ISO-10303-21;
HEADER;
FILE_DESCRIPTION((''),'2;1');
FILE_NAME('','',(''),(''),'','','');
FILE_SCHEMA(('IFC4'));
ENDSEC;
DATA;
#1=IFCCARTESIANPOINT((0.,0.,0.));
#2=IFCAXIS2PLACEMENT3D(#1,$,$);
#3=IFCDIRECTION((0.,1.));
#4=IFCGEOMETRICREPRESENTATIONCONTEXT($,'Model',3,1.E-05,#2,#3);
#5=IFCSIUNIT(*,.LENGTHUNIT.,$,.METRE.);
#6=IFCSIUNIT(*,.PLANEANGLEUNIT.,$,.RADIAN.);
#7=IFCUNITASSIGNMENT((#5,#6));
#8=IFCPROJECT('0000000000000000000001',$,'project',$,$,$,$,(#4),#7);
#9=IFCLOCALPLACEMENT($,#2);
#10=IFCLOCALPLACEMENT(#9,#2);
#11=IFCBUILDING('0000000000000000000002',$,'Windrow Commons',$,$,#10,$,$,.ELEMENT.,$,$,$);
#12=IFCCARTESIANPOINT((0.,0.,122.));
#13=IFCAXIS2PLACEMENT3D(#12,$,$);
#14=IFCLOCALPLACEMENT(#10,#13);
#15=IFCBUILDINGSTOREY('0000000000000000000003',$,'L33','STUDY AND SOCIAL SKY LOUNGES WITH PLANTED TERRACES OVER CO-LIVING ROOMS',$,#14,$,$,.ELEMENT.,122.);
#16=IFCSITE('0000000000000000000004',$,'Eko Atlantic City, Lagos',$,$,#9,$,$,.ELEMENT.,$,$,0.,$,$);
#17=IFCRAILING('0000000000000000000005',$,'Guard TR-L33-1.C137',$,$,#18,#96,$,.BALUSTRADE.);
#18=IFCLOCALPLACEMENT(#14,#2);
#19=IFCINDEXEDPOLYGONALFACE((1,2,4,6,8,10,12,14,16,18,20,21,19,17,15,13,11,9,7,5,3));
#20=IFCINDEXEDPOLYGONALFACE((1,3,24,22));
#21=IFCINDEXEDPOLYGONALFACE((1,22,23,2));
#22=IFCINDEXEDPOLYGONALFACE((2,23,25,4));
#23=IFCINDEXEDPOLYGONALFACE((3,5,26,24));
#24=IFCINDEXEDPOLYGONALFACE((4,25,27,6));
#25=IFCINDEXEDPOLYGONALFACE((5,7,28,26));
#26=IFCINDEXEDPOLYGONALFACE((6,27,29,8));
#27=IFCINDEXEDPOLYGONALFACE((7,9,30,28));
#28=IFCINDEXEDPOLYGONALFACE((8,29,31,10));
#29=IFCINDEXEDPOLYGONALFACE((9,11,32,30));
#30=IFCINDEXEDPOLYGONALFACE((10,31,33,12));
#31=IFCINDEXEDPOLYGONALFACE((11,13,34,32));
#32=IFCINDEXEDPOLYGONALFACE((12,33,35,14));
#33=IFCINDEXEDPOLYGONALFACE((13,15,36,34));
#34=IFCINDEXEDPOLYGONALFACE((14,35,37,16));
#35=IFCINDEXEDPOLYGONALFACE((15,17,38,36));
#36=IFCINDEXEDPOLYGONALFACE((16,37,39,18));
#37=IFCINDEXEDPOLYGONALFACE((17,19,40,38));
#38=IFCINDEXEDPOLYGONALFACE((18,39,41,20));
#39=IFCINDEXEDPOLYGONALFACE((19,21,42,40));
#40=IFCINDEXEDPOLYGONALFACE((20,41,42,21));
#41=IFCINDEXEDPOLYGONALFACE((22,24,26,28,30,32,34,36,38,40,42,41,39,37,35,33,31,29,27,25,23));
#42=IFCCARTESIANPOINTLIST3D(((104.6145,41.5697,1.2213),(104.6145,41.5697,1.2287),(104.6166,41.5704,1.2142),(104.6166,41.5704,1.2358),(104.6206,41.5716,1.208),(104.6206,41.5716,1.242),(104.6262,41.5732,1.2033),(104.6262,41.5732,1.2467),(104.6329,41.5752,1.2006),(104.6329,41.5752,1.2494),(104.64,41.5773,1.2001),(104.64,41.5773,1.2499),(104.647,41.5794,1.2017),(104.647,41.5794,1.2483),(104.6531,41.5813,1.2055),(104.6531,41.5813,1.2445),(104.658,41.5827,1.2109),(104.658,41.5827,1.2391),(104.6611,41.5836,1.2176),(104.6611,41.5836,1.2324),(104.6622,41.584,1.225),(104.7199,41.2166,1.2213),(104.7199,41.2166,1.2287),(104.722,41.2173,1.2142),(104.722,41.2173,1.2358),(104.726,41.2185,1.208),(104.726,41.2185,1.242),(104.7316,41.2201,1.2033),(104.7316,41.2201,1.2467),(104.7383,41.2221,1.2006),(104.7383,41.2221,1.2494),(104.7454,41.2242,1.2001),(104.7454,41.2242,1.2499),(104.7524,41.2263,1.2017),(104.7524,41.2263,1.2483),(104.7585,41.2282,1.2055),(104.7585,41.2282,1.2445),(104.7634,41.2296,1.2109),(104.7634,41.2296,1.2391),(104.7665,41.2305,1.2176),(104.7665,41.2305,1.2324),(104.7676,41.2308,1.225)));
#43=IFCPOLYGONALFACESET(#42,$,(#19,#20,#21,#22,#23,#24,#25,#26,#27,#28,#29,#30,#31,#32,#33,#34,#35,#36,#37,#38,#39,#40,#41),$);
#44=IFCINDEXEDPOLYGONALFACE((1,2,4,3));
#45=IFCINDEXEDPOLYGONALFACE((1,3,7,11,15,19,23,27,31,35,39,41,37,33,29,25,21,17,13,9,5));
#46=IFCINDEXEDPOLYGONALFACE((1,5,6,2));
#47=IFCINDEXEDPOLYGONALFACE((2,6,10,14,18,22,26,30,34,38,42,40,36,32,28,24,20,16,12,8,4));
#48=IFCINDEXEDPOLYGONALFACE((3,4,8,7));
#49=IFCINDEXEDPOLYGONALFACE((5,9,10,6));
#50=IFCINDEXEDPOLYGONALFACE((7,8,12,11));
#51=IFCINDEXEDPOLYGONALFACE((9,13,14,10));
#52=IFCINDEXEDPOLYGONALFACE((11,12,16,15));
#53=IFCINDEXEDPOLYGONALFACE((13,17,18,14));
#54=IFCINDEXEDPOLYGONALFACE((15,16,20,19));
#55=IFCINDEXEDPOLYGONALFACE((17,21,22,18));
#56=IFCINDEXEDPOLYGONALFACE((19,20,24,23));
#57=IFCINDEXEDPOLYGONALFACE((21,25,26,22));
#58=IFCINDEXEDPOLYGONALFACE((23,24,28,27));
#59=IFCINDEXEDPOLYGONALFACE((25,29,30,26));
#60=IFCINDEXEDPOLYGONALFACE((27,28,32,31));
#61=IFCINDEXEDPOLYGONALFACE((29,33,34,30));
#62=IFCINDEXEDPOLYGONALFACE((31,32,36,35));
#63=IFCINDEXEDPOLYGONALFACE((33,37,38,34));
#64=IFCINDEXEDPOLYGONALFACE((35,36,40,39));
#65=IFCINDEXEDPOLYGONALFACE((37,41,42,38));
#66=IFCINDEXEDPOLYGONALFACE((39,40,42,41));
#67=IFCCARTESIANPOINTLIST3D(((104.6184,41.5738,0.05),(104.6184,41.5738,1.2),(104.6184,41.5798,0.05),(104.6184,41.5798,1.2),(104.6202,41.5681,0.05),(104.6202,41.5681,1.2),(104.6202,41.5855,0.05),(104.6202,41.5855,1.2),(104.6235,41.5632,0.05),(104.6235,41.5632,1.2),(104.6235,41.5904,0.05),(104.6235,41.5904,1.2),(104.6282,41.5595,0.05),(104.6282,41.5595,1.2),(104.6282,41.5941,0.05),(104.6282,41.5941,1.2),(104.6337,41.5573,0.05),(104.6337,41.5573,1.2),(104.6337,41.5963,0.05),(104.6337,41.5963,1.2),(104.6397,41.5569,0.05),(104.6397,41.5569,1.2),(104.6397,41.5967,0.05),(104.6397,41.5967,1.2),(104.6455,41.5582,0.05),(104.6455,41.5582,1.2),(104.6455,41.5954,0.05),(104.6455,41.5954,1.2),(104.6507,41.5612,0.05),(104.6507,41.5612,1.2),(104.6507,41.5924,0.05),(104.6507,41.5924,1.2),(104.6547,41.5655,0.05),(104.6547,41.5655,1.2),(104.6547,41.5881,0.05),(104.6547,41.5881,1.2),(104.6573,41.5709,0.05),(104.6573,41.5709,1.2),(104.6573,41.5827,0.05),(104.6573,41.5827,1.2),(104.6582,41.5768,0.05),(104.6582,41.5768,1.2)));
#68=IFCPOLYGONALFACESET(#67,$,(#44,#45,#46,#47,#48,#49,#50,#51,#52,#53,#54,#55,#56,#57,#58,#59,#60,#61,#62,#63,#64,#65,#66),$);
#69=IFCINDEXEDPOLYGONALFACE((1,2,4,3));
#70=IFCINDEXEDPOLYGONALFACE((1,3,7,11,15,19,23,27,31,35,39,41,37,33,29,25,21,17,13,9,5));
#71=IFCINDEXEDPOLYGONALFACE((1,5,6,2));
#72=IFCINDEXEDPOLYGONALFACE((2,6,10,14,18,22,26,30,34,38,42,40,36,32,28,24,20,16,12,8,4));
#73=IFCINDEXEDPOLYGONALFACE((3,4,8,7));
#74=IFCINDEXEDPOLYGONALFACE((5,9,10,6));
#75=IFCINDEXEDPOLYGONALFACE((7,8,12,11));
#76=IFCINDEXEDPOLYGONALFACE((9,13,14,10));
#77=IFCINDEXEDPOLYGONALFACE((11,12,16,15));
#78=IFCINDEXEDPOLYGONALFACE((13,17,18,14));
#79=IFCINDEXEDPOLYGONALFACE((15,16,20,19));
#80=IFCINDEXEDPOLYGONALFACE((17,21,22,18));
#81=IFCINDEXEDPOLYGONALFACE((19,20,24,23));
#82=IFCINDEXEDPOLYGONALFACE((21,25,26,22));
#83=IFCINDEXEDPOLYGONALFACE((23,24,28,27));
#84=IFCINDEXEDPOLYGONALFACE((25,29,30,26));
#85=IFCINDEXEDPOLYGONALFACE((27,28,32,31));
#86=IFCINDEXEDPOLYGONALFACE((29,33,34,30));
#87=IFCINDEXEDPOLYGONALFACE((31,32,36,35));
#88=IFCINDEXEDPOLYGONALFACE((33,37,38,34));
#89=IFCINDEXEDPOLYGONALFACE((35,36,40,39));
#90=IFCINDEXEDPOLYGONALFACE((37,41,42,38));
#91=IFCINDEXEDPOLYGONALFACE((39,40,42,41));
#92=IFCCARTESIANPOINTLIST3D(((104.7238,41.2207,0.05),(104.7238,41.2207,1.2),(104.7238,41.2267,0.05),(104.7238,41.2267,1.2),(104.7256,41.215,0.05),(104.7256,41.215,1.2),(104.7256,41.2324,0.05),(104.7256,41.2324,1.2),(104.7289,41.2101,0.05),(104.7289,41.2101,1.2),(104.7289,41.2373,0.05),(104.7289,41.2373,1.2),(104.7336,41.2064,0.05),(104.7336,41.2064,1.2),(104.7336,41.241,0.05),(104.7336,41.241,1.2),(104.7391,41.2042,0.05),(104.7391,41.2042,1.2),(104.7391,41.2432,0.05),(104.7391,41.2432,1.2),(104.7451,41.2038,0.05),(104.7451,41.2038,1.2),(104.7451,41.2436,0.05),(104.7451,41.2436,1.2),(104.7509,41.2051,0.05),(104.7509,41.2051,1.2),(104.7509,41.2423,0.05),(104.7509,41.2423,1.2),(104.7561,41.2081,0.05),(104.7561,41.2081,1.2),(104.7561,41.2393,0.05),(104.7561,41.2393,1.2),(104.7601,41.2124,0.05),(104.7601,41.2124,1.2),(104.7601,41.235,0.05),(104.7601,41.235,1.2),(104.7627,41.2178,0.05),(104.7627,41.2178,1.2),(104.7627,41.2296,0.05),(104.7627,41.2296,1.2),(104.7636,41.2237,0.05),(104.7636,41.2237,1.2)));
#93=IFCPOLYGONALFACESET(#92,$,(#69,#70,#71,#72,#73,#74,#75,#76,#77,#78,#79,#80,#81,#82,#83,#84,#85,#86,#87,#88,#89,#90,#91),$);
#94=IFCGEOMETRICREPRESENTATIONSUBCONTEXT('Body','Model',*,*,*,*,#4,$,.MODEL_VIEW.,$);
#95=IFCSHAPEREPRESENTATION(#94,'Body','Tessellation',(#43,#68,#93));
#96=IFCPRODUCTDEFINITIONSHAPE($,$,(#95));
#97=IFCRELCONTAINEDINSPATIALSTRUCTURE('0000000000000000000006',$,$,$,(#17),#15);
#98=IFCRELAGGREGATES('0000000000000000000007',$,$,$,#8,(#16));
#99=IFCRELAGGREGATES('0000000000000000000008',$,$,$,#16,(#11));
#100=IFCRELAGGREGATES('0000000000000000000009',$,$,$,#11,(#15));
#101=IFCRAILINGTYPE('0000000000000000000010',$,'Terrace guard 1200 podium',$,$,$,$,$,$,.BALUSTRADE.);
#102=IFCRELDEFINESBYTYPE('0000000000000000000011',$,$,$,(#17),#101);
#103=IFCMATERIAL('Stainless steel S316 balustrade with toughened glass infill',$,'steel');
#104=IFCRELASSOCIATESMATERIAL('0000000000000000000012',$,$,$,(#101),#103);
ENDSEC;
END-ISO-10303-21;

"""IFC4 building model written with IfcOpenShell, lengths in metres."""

from ifc_helpers import new_model, si_unit, direction, frame, origin, origin_2d, place, context, subcontext, project, spatial, circle, extrude, material, type_object, element, save


model = new_model("IFC4")

# Units and contexts
model_context = context("Model", 3, precision=1e-05, world=origin(), true_north=direction((0.0, 1.0)))
body_context = subcontext(model_context, "Body", "Model", "MODEL_VIEW")
ifc_project = project(units=[si_unit("LENGTHUNIT", "METRE"), si_unit("PLANEANGLEUNIT", "RADIAN")], contexts=[model_context])

# Site, building, storey
site_placement = place(None, origin())
site = spatial("IfcSite", under=ifc_project, at=site_placement, Name="Eko Atlantic City, Lagos", CompositionType="ELEMENT", RefElevation=0.0)
building_placement = place(site_placement, origin())
building = spatial("IfcBuilding", under=site, at=building_placement, Name="Windrow Commons", CompositionType="ELEMENT")
storey_placement = place(building_placement, frame((0.0, 0.0, 122.0)))
storey = spatial("IfcBuildingStorey", under=building, at=storey_placement, Name="L33", Description="STUDY AND SOCIAL SKY LOUNGES WITH PLANTED TERRACES OVER CO-LIVING ROOMS", CompositionType="ELEMENT", Elevation=122.0)

# Railing
ifc_material_1 = material(Name="Stainless steel S316 balustrade with toughened glass infill", Category="steel")
railing_type = type_object("IfcRailingType", Name="Terrace guard 1200 podium", PredefinedType="BALUSTRADE", material=ifc_material_1)
railing_1_placement = place(storey_placement, frame((104.6382, 41.5768, 0.05)))
element("IfcRailing", 1, at=railing_1_placement, inside=storey, type_object=railing_type, Name="Guard TR-L33-1.C137", PredefinedType="BALUSTRADE", context=body_context, shape_type="SweptSolid", body=[
    extrude(circle(Radius=0.025, at=origin_2d()), frame((0.0, 0.0, 1.175), z_axis=(0.286028, -0.958221, 0.0), x_axis=(0.958221, 0.286028, 0.0)), (0.0, 0.0, 1.0), 0.3685),
    extrude(circle(Radius=0.02, at=origin_2d()), origin(), (0.0, 0.0, 1.0), 1.15),
    extrude(circle(Radius=0.02, at=origin_2d()), frame((0.1054, -0.3531, 0.0)), (0.0, 0.0, 1.0), 1.15),
])

save(model, "model.ifc")
